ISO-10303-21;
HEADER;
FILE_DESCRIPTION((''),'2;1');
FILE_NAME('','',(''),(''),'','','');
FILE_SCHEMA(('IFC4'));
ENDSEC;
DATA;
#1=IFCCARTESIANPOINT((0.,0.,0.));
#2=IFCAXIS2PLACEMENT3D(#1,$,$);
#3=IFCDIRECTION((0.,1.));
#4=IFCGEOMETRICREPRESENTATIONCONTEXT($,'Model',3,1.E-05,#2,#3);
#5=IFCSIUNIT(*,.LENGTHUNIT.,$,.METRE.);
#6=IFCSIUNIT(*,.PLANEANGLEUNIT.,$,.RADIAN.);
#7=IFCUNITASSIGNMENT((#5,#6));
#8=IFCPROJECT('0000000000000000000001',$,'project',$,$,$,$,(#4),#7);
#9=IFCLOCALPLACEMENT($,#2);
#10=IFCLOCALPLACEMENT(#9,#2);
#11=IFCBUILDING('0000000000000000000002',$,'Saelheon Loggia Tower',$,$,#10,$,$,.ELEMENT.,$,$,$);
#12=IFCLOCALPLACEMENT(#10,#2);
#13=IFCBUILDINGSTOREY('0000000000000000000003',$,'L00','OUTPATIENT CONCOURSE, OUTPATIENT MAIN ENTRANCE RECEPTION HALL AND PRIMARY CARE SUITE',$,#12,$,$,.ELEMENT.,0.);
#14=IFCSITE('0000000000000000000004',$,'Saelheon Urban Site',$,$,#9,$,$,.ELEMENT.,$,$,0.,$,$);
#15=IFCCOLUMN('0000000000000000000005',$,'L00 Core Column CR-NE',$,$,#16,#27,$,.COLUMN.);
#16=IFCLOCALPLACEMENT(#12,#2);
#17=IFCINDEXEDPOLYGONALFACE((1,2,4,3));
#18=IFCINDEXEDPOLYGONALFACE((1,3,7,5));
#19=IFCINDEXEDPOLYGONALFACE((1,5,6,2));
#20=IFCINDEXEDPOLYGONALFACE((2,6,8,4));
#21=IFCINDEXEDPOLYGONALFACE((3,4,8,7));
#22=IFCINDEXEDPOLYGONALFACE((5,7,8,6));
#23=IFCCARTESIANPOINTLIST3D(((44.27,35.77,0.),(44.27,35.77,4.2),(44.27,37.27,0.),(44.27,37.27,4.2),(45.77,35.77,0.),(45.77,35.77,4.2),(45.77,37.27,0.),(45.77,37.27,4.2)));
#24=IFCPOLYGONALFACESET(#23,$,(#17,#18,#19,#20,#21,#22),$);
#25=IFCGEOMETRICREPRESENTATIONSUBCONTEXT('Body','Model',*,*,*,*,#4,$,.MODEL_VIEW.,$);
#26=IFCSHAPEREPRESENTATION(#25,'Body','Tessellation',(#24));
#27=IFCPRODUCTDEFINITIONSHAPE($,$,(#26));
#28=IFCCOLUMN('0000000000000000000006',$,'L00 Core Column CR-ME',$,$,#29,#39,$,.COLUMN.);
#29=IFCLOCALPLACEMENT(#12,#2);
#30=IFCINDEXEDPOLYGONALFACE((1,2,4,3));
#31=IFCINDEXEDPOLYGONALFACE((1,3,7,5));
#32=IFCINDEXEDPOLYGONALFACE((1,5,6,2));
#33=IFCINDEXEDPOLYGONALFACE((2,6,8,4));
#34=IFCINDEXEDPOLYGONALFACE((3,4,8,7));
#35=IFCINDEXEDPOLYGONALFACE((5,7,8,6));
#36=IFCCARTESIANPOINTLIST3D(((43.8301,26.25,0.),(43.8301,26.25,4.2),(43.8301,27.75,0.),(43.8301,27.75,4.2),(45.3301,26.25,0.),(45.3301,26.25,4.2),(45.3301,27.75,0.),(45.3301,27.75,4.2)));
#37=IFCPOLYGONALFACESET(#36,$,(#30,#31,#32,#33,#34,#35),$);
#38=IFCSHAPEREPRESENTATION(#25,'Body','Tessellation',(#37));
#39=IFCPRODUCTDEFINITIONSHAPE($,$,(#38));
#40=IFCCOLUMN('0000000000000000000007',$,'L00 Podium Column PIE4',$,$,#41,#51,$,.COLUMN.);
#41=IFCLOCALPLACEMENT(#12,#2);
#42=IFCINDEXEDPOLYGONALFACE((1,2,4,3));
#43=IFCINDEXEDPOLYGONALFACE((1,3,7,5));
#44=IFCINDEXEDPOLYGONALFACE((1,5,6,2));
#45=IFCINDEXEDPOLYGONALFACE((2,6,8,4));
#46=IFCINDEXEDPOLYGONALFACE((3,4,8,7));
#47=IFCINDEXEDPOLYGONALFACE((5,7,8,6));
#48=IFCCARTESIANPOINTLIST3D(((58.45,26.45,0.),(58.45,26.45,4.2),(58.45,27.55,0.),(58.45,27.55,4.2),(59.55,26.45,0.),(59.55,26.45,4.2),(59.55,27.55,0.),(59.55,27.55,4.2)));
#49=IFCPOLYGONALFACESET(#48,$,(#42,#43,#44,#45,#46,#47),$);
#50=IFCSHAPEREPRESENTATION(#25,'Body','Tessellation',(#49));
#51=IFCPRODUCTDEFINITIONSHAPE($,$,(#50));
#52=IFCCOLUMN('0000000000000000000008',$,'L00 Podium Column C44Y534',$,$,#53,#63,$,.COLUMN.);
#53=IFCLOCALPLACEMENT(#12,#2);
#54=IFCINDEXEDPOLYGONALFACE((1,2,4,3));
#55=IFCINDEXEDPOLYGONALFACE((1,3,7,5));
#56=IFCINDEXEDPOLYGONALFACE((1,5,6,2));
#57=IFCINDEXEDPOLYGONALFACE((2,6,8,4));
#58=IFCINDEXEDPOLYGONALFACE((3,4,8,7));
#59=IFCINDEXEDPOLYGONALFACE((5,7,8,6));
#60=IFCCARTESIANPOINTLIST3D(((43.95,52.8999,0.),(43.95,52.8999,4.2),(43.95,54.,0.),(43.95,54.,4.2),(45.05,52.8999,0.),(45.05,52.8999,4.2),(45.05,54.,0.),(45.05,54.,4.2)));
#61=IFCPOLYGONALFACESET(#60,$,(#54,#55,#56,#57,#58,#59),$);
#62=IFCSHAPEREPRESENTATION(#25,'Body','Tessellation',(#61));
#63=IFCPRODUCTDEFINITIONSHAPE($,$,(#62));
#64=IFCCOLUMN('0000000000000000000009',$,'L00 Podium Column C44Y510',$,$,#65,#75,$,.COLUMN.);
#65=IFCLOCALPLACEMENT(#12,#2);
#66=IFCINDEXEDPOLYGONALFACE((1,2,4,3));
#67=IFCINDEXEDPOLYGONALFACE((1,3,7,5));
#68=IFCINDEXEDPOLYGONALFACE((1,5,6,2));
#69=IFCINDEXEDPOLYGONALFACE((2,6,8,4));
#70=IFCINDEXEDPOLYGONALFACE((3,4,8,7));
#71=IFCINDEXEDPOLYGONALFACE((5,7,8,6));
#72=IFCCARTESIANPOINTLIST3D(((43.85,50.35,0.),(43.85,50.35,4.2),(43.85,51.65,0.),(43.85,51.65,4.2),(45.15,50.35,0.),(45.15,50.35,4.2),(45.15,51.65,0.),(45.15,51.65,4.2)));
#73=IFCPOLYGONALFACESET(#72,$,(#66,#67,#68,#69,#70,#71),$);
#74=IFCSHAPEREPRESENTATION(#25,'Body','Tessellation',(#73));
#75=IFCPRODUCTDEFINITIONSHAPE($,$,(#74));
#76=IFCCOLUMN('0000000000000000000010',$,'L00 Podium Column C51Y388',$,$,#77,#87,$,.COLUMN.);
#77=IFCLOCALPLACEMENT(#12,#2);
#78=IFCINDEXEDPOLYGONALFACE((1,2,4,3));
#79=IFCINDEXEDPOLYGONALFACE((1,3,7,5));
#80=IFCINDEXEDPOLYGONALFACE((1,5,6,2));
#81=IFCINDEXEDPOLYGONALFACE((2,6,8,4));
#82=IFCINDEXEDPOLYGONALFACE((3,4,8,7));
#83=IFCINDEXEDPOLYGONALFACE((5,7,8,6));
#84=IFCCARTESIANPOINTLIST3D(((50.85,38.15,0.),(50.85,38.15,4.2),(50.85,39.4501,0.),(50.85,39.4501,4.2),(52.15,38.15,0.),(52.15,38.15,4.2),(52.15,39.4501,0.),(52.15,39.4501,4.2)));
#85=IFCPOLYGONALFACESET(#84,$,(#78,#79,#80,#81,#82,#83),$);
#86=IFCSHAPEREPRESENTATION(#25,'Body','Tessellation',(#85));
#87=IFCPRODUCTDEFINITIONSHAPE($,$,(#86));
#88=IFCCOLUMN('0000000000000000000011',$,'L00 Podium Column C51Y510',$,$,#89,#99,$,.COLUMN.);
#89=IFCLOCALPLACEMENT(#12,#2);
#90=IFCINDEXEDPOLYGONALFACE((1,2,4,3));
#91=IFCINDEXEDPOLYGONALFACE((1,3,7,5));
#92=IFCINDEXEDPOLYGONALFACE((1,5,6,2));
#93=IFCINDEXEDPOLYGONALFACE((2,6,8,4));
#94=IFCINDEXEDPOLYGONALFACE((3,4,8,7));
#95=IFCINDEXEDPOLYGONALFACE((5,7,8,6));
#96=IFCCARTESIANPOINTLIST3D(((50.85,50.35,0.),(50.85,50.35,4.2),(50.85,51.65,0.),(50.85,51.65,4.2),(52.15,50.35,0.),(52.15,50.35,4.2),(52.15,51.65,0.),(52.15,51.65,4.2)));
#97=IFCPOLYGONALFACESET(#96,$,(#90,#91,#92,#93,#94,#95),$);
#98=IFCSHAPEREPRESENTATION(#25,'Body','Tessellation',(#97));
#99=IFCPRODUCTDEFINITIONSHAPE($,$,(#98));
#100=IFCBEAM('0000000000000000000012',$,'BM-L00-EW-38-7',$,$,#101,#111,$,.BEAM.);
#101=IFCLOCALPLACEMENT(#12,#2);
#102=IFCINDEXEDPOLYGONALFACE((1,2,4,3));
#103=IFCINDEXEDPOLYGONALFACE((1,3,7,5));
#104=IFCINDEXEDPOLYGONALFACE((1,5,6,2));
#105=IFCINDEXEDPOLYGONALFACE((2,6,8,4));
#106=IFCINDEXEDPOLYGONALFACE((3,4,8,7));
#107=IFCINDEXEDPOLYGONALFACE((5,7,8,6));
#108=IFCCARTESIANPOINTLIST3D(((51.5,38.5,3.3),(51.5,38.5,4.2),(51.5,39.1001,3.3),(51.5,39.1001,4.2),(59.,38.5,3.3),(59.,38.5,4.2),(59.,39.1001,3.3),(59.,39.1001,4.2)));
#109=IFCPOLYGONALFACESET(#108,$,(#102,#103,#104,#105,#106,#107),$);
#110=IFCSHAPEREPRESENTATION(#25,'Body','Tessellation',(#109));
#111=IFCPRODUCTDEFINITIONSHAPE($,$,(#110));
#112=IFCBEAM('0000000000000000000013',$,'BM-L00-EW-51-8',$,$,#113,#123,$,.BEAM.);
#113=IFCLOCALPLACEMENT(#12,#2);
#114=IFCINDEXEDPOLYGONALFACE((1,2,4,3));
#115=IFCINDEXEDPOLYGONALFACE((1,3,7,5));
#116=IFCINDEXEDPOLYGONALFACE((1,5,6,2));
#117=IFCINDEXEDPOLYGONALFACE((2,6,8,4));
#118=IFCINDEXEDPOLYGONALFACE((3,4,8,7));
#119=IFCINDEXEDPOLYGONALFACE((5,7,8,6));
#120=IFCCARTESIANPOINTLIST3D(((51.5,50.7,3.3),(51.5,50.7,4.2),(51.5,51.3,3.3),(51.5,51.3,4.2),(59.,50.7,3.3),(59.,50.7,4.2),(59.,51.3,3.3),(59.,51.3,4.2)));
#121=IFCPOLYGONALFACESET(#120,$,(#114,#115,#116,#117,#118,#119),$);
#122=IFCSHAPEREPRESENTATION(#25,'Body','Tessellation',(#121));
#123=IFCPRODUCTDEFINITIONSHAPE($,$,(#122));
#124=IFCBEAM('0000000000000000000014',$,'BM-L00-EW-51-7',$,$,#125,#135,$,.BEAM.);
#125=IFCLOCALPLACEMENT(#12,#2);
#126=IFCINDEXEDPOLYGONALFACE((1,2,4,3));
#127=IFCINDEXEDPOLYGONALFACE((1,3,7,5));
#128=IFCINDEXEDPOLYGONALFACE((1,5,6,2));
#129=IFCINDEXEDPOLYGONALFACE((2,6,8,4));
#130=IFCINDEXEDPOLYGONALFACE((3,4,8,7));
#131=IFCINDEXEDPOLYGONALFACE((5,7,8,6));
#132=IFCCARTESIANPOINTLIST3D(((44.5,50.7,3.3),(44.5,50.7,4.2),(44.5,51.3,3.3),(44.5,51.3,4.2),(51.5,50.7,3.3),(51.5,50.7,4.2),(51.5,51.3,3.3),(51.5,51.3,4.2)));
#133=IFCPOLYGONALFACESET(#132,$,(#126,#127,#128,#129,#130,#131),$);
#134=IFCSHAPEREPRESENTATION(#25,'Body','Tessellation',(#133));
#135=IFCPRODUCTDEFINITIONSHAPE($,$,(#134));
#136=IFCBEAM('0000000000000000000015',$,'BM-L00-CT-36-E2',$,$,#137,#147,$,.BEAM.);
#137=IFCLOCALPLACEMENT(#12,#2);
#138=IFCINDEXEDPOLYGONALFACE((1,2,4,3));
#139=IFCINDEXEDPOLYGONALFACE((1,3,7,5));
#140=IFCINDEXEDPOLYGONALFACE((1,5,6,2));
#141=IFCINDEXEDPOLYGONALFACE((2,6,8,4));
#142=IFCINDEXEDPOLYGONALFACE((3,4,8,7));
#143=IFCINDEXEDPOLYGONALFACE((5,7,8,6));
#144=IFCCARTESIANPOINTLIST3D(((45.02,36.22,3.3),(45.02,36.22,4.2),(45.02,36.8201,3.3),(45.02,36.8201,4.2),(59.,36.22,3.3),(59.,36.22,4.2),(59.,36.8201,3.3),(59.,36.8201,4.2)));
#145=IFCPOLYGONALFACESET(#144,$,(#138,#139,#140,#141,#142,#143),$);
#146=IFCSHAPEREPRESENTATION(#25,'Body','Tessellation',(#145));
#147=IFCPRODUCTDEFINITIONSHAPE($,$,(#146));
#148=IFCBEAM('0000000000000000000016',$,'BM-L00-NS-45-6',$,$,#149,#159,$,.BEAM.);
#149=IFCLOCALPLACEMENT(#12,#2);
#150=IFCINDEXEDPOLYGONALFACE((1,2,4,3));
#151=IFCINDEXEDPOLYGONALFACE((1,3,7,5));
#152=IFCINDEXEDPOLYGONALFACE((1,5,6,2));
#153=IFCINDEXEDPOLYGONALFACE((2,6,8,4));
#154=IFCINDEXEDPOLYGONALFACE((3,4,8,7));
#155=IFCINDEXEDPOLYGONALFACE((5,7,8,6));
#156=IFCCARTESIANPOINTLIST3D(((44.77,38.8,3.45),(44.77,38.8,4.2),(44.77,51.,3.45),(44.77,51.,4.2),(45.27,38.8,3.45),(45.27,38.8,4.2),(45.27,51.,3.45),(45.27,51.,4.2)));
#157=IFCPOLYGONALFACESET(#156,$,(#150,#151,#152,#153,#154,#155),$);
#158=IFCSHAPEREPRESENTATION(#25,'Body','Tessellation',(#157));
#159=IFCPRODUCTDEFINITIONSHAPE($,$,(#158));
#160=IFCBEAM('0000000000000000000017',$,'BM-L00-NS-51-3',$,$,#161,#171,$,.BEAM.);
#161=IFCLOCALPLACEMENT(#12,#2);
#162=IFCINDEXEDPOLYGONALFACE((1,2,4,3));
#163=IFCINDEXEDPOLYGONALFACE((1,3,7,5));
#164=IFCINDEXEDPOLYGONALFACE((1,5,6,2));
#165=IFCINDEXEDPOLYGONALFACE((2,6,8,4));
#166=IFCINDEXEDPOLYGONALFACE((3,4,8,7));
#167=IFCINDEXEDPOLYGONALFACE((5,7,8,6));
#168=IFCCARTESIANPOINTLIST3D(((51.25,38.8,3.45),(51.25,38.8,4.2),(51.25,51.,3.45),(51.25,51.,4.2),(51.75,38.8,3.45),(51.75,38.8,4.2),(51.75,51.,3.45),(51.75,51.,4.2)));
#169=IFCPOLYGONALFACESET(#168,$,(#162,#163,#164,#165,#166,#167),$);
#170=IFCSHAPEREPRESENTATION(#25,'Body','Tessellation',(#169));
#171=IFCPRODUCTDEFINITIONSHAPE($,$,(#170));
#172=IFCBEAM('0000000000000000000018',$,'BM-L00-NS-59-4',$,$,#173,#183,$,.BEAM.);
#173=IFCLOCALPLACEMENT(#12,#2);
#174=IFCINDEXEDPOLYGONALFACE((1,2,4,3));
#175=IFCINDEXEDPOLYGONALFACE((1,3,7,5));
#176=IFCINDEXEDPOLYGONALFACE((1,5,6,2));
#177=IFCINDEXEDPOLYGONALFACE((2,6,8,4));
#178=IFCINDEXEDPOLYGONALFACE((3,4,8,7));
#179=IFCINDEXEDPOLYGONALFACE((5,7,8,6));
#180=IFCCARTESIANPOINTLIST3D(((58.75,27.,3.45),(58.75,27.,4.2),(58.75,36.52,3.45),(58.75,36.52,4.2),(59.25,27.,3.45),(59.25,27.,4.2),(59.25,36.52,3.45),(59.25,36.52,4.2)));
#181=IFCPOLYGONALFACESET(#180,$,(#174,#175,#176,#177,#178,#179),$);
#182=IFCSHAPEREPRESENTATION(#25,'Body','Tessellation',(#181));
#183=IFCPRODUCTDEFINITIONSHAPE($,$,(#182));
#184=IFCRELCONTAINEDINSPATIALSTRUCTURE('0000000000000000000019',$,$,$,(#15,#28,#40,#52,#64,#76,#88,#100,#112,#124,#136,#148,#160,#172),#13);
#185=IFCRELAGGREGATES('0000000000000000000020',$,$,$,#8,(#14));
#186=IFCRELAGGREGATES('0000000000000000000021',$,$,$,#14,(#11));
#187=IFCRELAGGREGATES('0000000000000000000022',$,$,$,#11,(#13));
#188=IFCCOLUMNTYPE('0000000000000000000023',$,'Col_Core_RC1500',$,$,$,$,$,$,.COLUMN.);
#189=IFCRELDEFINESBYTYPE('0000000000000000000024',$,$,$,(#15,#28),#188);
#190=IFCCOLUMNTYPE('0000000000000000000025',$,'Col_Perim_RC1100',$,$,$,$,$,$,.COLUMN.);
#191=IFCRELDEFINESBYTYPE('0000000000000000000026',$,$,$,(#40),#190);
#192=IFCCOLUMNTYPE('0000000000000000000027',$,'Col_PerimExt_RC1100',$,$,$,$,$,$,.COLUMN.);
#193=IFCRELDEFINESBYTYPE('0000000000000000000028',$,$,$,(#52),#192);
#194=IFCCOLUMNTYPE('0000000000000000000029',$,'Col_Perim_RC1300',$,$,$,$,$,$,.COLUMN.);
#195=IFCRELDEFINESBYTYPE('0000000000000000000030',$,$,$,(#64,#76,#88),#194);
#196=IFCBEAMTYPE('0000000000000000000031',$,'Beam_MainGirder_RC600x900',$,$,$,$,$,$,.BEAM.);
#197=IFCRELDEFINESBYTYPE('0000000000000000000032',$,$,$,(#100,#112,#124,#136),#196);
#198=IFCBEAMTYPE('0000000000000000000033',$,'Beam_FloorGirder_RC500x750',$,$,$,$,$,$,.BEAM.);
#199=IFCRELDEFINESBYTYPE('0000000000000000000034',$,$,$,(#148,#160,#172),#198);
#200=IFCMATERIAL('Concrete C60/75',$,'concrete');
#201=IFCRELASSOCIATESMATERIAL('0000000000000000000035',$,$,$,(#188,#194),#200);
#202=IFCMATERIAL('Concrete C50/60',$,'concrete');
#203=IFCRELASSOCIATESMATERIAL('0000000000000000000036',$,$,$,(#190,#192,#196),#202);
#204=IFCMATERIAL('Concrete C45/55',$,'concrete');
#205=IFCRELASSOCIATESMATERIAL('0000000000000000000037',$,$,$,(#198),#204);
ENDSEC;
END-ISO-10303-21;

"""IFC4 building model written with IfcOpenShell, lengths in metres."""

from ifc_helpers import new_model, si_unit, direction, frame, origin, origin_2d, place, context, subcontext, project, spatial, rectangle, extrude, source, transform, mapped, material, material_profile, profile_set, type_object, element, save


model = new_model("IFC4")

# Units and contexts
model_context = context("Model", 3, precision=1e-05, world=origin(), true_north=direction((0.0, 1.0)))
body_context = subcontext(model_context, "Body", "Model", "MODEL_VIEW")
ifc_project = project(units=[si_unit("LENGTHUNIT", "METRE"), si_unit("PLANEANGLEUNIT", "RADIAN")], contexts=[model_context])

# Site, building, storey
site_placement = place(None, origin())
site = spatial("IfcSite", under=ifc_project, at=site_placement, Name="Saelheon Urban Site", CompositionType="ELEMENT", RefElevation=0.0)
building_placement = place(site_placement, origin())
building = spatial("IfcBuilding", under=site, at=building_placement, Name="Saelheon Loggia Tower", CompositionType="ELEMENT")
storey_placement = place(building_placement, origin())
storey = spatial("IfcBuildingStorey", under=building, at=storey_placement, Name="L00", Description="OUTPATIENT CONCOURSE, OUTPATIENT MAIN ENTRANCE RECEPTION HALL AND PRIMARY CARE SUITE", CompositionType="ELEMENT", Elevation=0.0)

# Columns
ifc_material_1 = material(Name="Concrete C60/75", Category="concrete")
ifc_material_profile_1 = material_profile(ifc_material_1, rectangle(XDim=1.5, YDim=1.5, at=origin_2d()), Name="RC-1500x1500")
ifc_profile_set_1 = profile_set([ifc_material_profile_1], Name="Concrete C60/75")
column_type_1 = type_object("IfcColumnType", Name="Col_Core_RC1500", PredefinedType="COLUMN", material=ifc_profile_set_1)
shared_shape_1 = source(origin(), body_context, "Body", "SweptSolid", [
    extrude(rectangle(XDim=1.5, YDim=1.5, at=origin_2d()), origin(), (0.0, 0.0, 1.0), 4.2),
])
for number, where, z_axis, x_axis, name in (
    (1, (45.02, 36.52, 0.0), (0.0, 0.0, 1.0), (1.0, 0.0, 0.0), "L00 Core Column CR-NE"),
    (2, (44.5801, 27.0, 0.0), (0.0, 0.0, 1.0), (1.0, 0.0, 0.0), "L00 Core Column CR-ME"),
):
    element("IfcColumn", number, at=place(storey_placement, frame(where, z_axis=z_axis, x_axis=x_axis)), inside=storey, type_object=column_type_1, Name=name, PredefinedType="COLUMN", context=body_context, shape_type="MappedRepresentation", body=[
        mapped(shared_shape_1, transform((0.0, 0.0, 0.0), scale=1.0)),
    ])
ifc_material_2 = material(Name="Concrete C50/60", Category="concrete")
ifc_material_profile_2 = material_profile(ifc_material_2, rectangle(XDim=1.1001, YDim=1.1001, at=origin_2d()), Name="RC-1100x1100")
ifc_profile_set_2 = profile_set([ifc_material_profile_2], Name="Concrete C50/60")
column_type_2 = type_object("IfcColumnType", Name="Col_Perim_RC1100", PredefinedType="COLUMN", material=ifc_profile_set_2)
shared_shape_2 = source(origin(), body_context, "Body", "SweptSolid", [
    extrude(rectangle(XDim=1.1001, YDim=1.1001, at=origin_2d()), origin(), (0.0, 0.0, 1.0), 4.2),
])
column_1_placement = place(storey_placement, frame((59.0, 27.0, 0.0), z_axis=(0.0, 0.0, 1.0), x_axis=(1.0, 0.0, 0.0)))
element("IfcColumn", 3, at=column_1_placement, inside=storey, type_object=column_type_2, Name="L00 Podium Column PIE4", PredefinedType="COLUMN", context=body_context, shape_type="MappedRepresentation", body=[
    mapped(shared_shape_2, transform((0.0, 0.0, 0.0), scale=1.0)),
])
ifc_material_profile_3 = material_profile(ifc_material_2, rectangle(XDim=1.1001, YDim=1.1001, at=origin_2d()), Name="RC-1100x1100")
ifc_profile_set_3 = profile_set([ifc_material_profile_3], Name="Concrete C50/60")
column_type_3 = type_object("IfcColumnType", Name="Col_PerimExt_RC1100", PredefinedType="COLUMN", material=ifc_profile_set_3)
column_2_placement = place(storey_placement, frame((44.5, 53.45, 0.0), z_axis=(0.0, 0.0, 1.0), x_axis=(1.0, 0.0, 0.0)))
element("IfcColumn", 4, at=column_2_placement, inside=storey, type_object=column_type_3, Name="L00 Podium Column C44Y534", PredefinedType="COLUMN", context=body_context, shape_type="MappedRepresentation", body=[
    mapped(shared_shape_2, transform((0.0, 0.0, 0.0), scale=1.0)),
])
ifc_material_profile_4 = material_profile(ifc_material_1, rectangle(XDim=1.3, YDim=1.3, at=origin_2d()), Name="RC-1300x1300")
ifc_profile_set_4 = profile_set([ifc_material_profile_4], Name="Concrete C60/75")
column_type_4 = type_object("IfcColumnType", Name="Col_Perim_RC1300", PredefinedType="COLUMN", material=ifc_profile_set_4)
shared_shape_3 = source(origin(), body_context, "Body", "SweptSolid", [
    extrude(rectangle(XDim=1.3, YDim=1.3, at=origin_2d()), origin(), (0.0, 0.0, 1.0), 4.2),
])
for number, where, z_axis, x_axis, name in (
    (5, (44.5, 51.0, 0.0), (0.0, 0.0, 1.0), (1.0, 0.0, 0.0), "L00 Podium Column C44Y510"),
    (6, (51.5, 38.8, 0.0), (0.0, 0.0, 1.0), (1.0, 0.0, 0.0), "L00 Podium Column C51Y388"),
    (7, (51.5, 51.0, 0.0), (0.0, 0.0, 1.0), (1.0, 0.0, 0.0), "L00 Podium Column C51Y510"),
):
    element("IfcColumn", number, at=place(storey_placement, frame(where, z_axis=z_axis, x_axis=x_axis)), inside=storey, type_object=column_type_4, Name=name, PredefinedType="COLUMN", context=body_context, shape_type="MappedRepresentation", body=[
        mapped(shared_shape_3, transform((0.0, 0.0, 0.0), scale=1.0)),
    ])

# Beams
ifc_material_profile_5 = material_profile(ifc_material_2, rectangle(XDim=0.6001, YDim=0.8999, at=origin_2d()), Name="RC-600x900")
ifc_profile_set_5 = profile_set([ifc_material_profile_5], Name="Concrete C50/60")
beam_type_1 = type_object("IfcBeamType", Name="Beam_MainGirder_RC600x900", PredefinedType="BEAM", material=ifc_profile_set_5)
shared_shape_4 = source(origin(), body_context, "Body", "SweptSolid", [
    extrude(rectangle(XDim=0.6001, YDim=0.8999, at=origin_2d()), origin(), (0.0, 0.0, 1.0), 7.5),
])
for number, where, z_axis, x_axis, name in (
    (8, (51.5, 38.8, 3.75), (1.0, 0.0, 0.0), (0.0, 1.0, 0.0), "BM-L00-EW-38-7"),
    (9, (51.5, 51.0, 3.75), (1.0, 0.0, 0.0), (0.0, 1.0, 0.0), "BM-L00-EW-51-8"),
):
    element("IfcBeam", number, at=place(storey_placement, frame(where, z_axis=z_axis, x_axis=x_axis)), inside=storey, type_object=beam_type_1, Name=name, PredefinedType="BEAM", context=body_context, shape_type="MappedRepresentation", body=[
        mapped(shared_shape_4, transform((0.0, 0.0, 0.0), scale=1.0)),
    ])
shared_shape_5 = source(origin(), body_context, "Body", "SweptSolid", [
    extrude(rectangle(XDim=0.6001, YDim=0.8999, at=origin_2d()), origin(), (0.0, 0.0, 1.0), 7.0),
])
beam_1_placement = place(storey_placement, frame((44.5, 51.0, 3.75), z_axis=(1.0, 0.0, 0.0), x_axis=(0.0, 1.0, 0.0)))
element("IfcBeam", 10, at=beam_1_placement, inside=storey, type_object=beam_type_1, Name="BM-L00-EW-51-7", PredefinedType="BEAM", context=body_context, shape_type="MappedRepresentation", body=[
    mapped(shared_shape_5, transform((0.0, 0.0, 0.0), scale=1.0)),
])
shared_shape_6 = source(origin(), body_context, "Body", "SweptSolid", [
    extrude(rectangle(XDim=0.6001, YDim=0.8999, at=origin_2d()), origin(), (0.0, 0.0, 1.0), 13.98),
])
beam_2_placement = place(storey_placement, frame((45.02, 36.52, 3.75), z_axis=(1.0, 0.0, 0.0), x_axis=(0.0, 1.0, 0.0)))
element("IfcBeam", 11, at=beam_2_placement, inside=storey, type_object=beam_type_1, Name="BM-L00-CT-36-E2", PredefinedType="BEAM", context=body_context, shape_type="MappedRepresentation", body=[
    mapped(shared_shape_6, transform((0.0, 0.0, 0.0), scale=1.0)),
])
ifc_material_3 = material(Name="Concrete C45/55", Category="concrete")
ifc_material_profile_6 = material_profile(ifc_material_3, rectangle(XDim=0.5, YDim=0.75, at=origin_2d()), Name="RC-500x750")
ifc_profile_set_6 = profile_set([ifc_material_profile_6], Name="Concrete C45/55")
beam_type_2 = type_object("IfcBeamType", Name="Beam_FloorGirder_RC500x750", PredefinedType="BEAM", material=ifc_profile_set_6)
shared_shape_7 = source(origin(), body_context, "Body", "SweptSolid", [
    extrude(rectangle(XDim=0.5, YDim=0.75, at=origin_2d()), origin(), (0.0, 0.0, 1.0), 12.2),
])
for number, where, z_axis, x_axis, name in (
    (12, (45.02, 38.8, 3.825), (0.0, 1.0, 0.0), (-1.0, 0.0, 0.0), "BM-L00-NS-45-6"),
    (13, (51.5, 38.8, 3.825), (0.0, 1.0, 0.0), (-1.0, 0.0, 0.0), "BM-L00-NS-51-3"),
):
    element("IfcBeam", number, at=place(storey_placement, frame(where, z_axis=z_axis, x_axis=x_axis)), inside=storey, type_object=beam_type_2, Name=name, PredefinedType="BEAM", context=body_context, shape_type="MappedRepresentation", body=[
        mapped(shared_shape_7, transform((0.0, 0.0, 0.0), scale=1.0)),
    ])
shared_shape_8 = source(origin(), body_context, "Body", "SweptSolid", [
    extrude(rectangle(XDim=0.5, YDim=0.75, at=origin_2d()), origin(), (0.0, 0.0, 1.0), 9.52),
])
beam_3_placement = place(storey_placement, frame((59.0, 27.0, 3.825), z_axis=(0.0, 1.0, 0.0), x_axis=(-1.0, 0.0, 0.0)))
element("IfcBeam", 14, at=beam_3_placement, inside=storey, type_object=beam_type_2, Name="BM-L00-NS-59-4", PredefinedType="BEAM", context=body_context, shape_type="MappedRepresentation", body=[
    mapped(shared_shape_8, transform((0.0, 0.0, 0.0), scale=1.0)),
])

save(model, "model.ifc")
